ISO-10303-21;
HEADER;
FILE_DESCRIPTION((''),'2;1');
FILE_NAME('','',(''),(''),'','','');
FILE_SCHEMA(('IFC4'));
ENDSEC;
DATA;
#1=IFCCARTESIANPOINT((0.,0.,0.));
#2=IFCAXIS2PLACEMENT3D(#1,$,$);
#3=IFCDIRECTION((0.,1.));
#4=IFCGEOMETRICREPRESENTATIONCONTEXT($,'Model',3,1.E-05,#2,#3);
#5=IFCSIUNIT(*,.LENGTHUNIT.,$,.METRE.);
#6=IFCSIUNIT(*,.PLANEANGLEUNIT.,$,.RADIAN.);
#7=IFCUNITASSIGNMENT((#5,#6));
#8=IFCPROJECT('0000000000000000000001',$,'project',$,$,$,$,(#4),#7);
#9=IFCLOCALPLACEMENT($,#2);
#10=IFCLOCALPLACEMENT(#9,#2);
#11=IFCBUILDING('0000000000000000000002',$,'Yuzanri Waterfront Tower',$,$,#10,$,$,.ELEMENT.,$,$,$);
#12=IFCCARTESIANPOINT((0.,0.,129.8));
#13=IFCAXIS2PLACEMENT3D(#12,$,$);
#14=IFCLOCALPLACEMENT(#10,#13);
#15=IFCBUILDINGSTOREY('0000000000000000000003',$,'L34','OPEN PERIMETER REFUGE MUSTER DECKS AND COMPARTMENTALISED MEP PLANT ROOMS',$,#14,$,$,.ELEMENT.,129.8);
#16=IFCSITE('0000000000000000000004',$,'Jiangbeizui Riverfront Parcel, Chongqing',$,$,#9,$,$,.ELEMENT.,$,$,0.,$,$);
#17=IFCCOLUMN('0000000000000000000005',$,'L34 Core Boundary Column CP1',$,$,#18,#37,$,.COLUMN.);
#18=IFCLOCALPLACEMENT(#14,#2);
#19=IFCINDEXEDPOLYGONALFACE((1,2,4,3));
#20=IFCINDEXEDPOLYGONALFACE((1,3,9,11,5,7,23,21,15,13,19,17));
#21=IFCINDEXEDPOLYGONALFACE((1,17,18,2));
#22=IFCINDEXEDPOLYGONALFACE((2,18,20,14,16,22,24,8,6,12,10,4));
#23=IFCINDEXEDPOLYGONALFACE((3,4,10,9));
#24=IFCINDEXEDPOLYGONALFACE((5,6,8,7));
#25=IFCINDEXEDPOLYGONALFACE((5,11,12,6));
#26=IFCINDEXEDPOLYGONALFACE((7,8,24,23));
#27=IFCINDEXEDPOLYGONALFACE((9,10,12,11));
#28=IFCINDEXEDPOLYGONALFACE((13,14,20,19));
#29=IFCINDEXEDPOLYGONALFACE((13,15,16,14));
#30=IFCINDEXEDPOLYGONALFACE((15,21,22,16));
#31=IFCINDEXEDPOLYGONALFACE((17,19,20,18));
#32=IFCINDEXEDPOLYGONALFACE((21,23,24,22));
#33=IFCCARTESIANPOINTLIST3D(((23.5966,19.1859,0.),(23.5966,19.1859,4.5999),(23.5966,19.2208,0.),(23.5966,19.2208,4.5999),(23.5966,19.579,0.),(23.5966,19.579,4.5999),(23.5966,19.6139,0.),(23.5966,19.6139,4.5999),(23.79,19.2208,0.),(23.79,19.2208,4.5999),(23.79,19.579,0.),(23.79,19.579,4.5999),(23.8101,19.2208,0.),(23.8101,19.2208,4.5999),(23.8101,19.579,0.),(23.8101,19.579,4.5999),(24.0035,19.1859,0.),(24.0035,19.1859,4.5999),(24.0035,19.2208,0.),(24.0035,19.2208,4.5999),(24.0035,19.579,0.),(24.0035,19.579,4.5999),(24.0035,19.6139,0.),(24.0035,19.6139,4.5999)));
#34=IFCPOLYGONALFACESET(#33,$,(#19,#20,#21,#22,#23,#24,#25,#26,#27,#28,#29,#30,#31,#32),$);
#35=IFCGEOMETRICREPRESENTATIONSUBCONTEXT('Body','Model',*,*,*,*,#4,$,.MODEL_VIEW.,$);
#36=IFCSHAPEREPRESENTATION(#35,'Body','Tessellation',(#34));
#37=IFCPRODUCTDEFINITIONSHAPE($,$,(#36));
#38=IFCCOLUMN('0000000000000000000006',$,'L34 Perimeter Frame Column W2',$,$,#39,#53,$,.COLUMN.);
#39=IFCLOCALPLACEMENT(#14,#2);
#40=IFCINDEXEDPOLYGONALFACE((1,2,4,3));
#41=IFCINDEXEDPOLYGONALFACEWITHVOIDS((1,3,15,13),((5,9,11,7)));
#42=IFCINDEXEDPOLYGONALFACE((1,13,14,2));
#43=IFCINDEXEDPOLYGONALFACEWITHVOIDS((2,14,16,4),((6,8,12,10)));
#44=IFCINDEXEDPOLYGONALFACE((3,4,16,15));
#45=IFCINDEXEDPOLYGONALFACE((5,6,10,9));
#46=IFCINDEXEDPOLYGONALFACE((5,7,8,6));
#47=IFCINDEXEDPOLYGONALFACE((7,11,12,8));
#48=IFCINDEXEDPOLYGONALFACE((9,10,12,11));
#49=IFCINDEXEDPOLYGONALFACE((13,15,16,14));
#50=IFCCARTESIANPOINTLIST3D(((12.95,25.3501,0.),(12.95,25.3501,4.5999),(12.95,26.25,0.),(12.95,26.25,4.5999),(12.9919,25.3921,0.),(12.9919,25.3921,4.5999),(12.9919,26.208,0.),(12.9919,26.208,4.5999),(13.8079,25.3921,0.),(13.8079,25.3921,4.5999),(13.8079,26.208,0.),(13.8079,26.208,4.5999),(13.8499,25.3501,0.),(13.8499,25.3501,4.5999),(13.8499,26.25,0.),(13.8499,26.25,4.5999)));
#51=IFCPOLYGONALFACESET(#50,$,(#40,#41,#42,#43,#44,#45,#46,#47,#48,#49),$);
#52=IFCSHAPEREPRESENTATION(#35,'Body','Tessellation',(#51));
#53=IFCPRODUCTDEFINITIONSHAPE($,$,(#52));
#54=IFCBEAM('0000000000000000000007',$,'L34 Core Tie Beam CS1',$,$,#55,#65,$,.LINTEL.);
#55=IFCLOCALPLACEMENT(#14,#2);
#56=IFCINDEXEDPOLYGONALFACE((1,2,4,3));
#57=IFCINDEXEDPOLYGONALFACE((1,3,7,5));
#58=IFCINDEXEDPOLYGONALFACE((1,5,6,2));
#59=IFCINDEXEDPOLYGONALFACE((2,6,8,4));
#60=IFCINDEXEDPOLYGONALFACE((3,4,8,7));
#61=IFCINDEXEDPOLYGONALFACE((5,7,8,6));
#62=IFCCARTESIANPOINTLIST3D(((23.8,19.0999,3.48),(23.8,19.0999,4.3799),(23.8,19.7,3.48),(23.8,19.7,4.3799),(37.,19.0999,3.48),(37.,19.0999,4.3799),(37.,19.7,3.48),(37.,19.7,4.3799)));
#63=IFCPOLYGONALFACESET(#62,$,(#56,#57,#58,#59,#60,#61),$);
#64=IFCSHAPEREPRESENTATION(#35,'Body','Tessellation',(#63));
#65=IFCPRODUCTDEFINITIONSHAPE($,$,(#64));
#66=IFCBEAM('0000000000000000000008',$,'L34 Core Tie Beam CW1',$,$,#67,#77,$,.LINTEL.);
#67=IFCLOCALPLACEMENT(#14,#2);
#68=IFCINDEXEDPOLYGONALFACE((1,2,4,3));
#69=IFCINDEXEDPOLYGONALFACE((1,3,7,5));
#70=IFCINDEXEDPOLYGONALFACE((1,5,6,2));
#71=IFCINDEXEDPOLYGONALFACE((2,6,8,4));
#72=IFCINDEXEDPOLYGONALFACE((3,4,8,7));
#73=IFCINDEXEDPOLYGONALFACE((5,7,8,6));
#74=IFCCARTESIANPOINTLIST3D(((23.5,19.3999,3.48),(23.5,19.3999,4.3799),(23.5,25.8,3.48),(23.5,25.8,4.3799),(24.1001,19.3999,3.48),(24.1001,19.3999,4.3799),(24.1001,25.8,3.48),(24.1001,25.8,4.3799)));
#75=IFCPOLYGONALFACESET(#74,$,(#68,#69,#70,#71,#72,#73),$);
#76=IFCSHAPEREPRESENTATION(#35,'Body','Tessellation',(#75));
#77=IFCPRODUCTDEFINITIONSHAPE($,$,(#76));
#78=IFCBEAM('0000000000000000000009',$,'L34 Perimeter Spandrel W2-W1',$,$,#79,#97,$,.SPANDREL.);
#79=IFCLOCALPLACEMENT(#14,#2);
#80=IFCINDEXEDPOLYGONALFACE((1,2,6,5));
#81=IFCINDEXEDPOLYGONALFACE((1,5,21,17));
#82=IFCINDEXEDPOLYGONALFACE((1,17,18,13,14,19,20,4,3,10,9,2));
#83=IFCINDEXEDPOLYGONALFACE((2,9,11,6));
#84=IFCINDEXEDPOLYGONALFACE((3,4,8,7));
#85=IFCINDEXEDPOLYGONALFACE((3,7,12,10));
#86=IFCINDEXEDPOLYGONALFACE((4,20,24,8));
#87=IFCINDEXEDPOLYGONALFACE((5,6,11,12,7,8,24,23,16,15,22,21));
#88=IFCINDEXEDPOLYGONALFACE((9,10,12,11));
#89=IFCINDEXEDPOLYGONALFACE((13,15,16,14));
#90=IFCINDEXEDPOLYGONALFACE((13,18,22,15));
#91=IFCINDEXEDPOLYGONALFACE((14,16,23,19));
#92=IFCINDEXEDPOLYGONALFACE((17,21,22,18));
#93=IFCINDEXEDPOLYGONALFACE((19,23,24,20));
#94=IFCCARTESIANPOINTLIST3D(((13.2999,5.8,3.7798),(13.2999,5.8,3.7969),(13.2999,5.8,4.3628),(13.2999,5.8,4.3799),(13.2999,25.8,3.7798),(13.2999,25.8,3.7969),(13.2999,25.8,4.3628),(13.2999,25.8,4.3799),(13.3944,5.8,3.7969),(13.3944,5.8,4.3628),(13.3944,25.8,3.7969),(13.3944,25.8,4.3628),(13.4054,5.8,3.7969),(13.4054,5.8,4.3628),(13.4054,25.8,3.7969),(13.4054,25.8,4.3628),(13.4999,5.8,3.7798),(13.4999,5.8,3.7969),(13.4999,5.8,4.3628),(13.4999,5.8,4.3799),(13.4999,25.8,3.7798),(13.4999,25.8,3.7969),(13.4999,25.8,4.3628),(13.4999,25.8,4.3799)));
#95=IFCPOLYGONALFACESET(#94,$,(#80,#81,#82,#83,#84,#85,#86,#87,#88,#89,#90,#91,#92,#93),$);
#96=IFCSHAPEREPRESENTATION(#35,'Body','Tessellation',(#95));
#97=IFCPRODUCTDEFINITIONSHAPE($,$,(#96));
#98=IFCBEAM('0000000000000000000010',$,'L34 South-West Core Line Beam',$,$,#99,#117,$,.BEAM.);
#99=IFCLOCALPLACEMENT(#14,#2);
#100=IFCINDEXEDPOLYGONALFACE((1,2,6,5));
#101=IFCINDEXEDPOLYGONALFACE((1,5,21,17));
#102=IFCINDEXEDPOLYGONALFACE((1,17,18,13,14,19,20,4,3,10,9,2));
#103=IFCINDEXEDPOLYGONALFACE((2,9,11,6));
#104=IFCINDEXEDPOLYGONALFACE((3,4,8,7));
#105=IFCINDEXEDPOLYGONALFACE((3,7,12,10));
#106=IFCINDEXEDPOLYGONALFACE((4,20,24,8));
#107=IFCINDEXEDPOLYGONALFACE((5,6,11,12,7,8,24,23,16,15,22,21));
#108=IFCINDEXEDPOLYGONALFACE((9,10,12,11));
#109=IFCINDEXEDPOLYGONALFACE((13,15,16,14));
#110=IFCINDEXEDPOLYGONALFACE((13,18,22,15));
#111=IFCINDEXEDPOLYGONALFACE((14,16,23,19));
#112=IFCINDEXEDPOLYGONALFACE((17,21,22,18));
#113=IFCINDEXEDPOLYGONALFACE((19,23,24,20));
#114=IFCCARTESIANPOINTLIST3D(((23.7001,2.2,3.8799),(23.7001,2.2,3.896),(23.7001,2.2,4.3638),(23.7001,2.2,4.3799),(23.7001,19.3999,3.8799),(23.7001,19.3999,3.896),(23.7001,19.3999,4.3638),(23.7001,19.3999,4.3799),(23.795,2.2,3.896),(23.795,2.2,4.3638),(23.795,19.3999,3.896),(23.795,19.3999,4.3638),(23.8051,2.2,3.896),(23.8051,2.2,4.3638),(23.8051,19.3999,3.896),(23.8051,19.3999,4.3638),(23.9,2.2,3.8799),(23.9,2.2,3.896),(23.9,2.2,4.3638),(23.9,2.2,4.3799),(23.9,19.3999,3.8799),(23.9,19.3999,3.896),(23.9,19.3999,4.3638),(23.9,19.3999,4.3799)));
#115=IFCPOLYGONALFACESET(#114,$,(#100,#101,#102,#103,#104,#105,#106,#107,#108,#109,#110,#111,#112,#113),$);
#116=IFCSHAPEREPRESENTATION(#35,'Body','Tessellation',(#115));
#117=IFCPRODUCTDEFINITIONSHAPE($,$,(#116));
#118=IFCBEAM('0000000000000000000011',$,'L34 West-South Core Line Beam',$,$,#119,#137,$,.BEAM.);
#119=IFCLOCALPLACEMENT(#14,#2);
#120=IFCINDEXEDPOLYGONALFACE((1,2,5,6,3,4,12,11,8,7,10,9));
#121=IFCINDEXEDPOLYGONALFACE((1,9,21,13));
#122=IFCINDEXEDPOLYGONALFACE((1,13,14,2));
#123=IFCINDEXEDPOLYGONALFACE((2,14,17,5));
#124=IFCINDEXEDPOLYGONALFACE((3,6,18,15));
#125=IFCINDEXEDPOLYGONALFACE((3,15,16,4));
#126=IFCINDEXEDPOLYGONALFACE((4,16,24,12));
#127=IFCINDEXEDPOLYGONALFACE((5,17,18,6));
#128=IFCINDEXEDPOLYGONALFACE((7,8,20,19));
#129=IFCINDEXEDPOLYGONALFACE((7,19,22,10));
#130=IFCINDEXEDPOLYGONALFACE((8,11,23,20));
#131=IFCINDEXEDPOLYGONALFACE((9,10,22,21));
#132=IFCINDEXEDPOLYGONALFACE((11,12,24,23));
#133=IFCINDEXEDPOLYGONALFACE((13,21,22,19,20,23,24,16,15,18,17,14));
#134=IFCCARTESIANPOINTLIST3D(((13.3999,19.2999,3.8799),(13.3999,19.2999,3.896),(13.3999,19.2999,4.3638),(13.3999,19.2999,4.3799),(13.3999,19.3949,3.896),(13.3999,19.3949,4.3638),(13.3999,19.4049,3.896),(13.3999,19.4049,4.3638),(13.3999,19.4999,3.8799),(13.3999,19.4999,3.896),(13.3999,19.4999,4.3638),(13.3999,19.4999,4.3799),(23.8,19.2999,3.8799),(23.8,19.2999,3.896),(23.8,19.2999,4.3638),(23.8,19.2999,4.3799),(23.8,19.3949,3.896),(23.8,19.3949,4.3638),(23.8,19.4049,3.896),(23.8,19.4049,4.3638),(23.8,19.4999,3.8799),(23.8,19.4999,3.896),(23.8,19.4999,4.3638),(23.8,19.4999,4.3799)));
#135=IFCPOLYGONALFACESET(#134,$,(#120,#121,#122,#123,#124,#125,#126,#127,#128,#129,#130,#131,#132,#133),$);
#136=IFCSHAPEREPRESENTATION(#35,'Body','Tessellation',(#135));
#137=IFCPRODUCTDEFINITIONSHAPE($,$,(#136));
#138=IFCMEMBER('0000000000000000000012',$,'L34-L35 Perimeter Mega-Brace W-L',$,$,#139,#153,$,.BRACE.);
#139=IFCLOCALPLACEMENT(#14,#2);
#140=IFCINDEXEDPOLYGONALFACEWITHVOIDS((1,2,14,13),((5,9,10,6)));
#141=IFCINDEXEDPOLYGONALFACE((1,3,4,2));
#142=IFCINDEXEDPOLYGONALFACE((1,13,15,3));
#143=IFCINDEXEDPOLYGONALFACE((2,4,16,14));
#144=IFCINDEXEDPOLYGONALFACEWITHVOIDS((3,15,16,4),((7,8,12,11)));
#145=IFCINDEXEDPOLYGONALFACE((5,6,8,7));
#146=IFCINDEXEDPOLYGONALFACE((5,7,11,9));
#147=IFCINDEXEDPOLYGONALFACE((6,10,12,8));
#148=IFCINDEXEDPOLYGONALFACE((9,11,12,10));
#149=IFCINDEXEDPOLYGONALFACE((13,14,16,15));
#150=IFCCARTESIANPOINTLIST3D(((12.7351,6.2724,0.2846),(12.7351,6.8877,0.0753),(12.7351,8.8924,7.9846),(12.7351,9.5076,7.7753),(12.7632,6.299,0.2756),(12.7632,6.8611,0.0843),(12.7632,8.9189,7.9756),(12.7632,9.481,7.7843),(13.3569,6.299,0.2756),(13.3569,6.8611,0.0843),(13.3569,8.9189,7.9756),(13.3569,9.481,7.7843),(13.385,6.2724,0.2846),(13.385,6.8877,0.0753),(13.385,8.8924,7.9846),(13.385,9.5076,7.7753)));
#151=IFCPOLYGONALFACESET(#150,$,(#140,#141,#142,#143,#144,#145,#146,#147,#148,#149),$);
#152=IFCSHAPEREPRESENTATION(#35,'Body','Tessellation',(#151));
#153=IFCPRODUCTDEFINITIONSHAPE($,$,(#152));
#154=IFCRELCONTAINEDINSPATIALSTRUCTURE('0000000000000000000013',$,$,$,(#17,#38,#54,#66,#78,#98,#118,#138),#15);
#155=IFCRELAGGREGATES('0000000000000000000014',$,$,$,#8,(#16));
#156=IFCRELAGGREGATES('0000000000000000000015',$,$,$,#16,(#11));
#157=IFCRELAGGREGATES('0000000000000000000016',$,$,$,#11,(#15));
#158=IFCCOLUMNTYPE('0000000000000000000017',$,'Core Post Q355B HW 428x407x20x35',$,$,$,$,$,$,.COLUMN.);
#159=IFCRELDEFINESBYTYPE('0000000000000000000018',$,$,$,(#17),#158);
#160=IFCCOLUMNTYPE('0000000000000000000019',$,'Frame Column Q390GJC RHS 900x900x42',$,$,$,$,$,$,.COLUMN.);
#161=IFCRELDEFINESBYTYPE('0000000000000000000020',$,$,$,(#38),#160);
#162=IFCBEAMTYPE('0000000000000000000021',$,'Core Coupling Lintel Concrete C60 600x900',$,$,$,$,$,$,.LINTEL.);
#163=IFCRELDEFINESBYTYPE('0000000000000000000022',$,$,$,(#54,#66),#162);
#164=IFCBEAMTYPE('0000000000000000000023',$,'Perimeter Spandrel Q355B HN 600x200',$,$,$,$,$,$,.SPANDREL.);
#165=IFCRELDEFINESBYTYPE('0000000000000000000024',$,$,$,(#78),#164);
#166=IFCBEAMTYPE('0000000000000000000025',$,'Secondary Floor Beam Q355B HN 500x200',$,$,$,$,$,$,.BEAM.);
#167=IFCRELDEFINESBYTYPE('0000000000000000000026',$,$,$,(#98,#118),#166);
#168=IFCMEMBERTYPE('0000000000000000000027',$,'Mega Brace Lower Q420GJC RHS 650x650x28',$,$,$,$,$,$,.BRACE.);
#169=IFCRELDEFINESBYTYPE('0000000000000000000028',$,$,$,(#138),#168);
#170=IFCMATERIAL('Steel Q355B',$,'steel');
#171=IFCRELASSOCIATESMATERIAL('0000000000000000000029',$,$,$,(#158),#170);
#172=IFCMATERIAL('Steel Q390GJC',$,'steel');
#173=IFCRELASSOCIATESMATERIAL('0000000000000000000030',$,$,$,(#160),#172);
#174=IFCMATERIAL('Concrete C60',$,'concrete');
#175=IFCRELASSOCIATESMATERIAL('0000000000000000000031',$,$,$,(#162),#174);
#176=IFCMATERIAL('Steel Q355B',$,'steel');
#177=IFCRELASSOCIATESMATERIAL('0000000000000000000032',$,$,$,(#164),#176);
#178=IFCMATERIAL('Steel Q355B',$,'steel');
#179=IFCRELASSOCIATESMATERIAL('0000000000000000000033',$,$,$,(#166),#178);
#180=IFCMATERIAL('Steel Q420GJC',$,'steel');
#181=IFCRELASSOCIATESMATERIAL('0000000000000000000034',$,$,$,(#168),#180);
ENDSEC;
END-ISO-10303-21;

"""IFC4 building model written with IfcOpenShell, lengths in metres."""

from ifc_helpers import new_model, si_unit, direction, frame, origin, origin_2d, place, context, subcontext, project, spatial, rectangle, hollow_rectangle, i_section, extrude, source, transform, mapped, material, material_profile, profile_set, type_object, element, save


model = new_model("IFC4")

# Units and contexts
model_context = context("Model", 3, precision=1e-05, world=origin(), true_north=direction((0.0, 1.0)))
body_context = subcontext(model_context, "Body", "Model", "MODEL_VIEW")
ifc_project = project(units=[si_unit("LENGTHUNIT", "METRE"), si_unit("PLANEANGLEUNIT", "RADIAN")], contexts=[model_context])

# Site, building, storey
site_placement = place(None, origin())
site = spatial("IfcSite", under=ifc_project, at=site_placement, Name="Jiangbeizui Riverfront Parcel, Chongqing", CompositionType="ELEMENT", RefElevation=0.0)
building_placement = place(site_placement, origin())
building = spatial("IfcBuilding", under=site, at=building_placement, Name="Yuzanri Waterfront Tower", CompositionType="ELEMENT")
storey_placement = place(building_placement, frame((0.0, 0.0, 129.8)))
storey = spatial("IfcBuildingStorey", under=building, at=storey_placement, Name="L34", Description="OPEN PERIMETER REFUGE MUSTER DECKS AND COMPARTMENTALISED MEP PLANT ROOMS", CompositionType="ELEMENT", Elevation=129.8)

# Columns
ifc_material_1 = material(Name="Steel Q355B", Category="steel")
ifc_material_profile_1 = material_profile(ifc_material_1, i_section(OverallWidth=0.407, OverallDepth=0.428, WebThickness=0.02, FlangeThickness=0.0349, at=origin_2d()), Name="HW 428x407x20x35")
ifc_profile_set_1 = profile_set([ifc_material_profile_1], Name="Steel Q355B")
column_type_1 = type_object("IfcColumnType", Name="Core Post Q355B HW 428x407x20x35", PredefinedType="COLUMN", material=ifc_profile_set_1)
shared_shape_1 = source(origin(), body_context, "Body", "SweptSolid", [
    extrude(i_section(OverallWidth=0.407, OverallDepth=0.428, WebThickness=0.02, FlangeThickness=0.0349, at=origin_2d()), origin(), (0.0, 0.0, 1.0), 4.5999),
])
column_1_placement = place(storey_placement, frame((23.8, 19.3999, 0.0), z_axis=(0.0, 0.0, 1.0), x_axis=(1.0, 0.0, 0.0)))
element("IfcColumn", 1, at=column_1_placement, inside=storey, type_object=column_type_1, Name="L34 Core Boundary Column CP1", PredefinedType="COLUMN", context=body_context, shape_type="MappedRepresentation", body=[
    mapped(shared_shape_1, transform((0.0, 0.0, 0.0), scale=1.0)),
])
ifc_material_2 = material(Name="Steel Q390GJC", Category="steel")
ifc_material_profile_2 = material_profile(ifc_material_2, hollow_rectangle(XDim=0.8999, YDim=0.8999, WallThickness=0.042, at=origin_2d()), Name="RHS 900x900x42")
ifc_profile_set_2 = profile_set([ifc_material_profile_2], Name="Steel Q390GJC")
column_type_2 = type_object("IfcColumnType", Name="Frame Column Q390GJC RHS 900x900x42", PredefinedType="COLUMN", material=ifc_profile_set_2)
shared_shape_2 = source(origin(), body_context, "Body", "SweptSolid", [
    extrude(hollow_rectangle(XDim=0.8999, YDim=0.8999, WallThickness=0.042, at=origin_2d()), origin(), (0.0, 0.0, 1.0), 4.5999),
])
column_2_placement = place(storey_placement, frame((13.3999, 25.8, 0.0), z_axis=(0.0, 0.0, 1.0), x_axis=(1.0, 0.0, 0.0)))
element("IfcColumn", 2, at=column_2_placement, inside=storey, type_object=column_type_2, Name="L34 Perimeter Frame Column W2", PredefinedType="COLUMN", context=body_context, shape_type="MappedRepresentation", body=[
    mapped(shared_shape_2, transform((0.0, 0.0, 0.0), scale=1.0)),
])

# Beams
ifc_material_3 = material(Name="Concrete C60", Category="concrete")
ifc_material_profile_3 = material_profile(ifc_material_3, rectangle(XDim=0.6001, YDim=0.8999, at=origin_2d()), Name="RC 600x900")
ifc_profile_set_3 = profile_set([ifc_material_profile_3], Name="Concrete C60")
beam_type_1 = type_object("IfcBeamType", Name="Core Coupling Lintel Concrete C60 600x900", PredefinedType="LINTEL", material=ifc_profile_set_3)
shared_shape_3 = source(origin(), body_context, "Body", "SweptSolid", [
    extrude(rectangle(XDim=0.6001, YDim=0.8999, at=origin_2d()), origin(), (0.0, 0.0, 1.0), 13.2),
])
beam_1_placement = place(storey_placement, frame((23.8, 19.3999, 3.9299), z_axis=(1.0, 0.0, 0.0), x_axis=(0.0, 1.0, 0.0)))
element("IfcBeam", 3, at=beam_1_placement, inside=storey, type_object=beam_type_1, Name="L34 Core Tie Beam CS1", PredefinedType="LINTEL", context=body_context, shape_type="MappedRepresentation", body=[
    mapped(shared_shape_3, transform((0.0, 0.0, 0.0), scale=1.0)),
])
shared_shape_4 = source(origin(), body_context, "Body", "SweptSolid", [
    extrude(rectangle(XDim=0.6001, YDim=0.8999, at=origin_2d()), origin(), (0.0, 0.0, 1.0), 6.4001),
])
beam_2_placement = place(storey_placement, frame((23.8, 19.3999, 3.9299), z_axis=(0.0, 1.0, 0.0), x_axis=(-1.0, 0.0, 0.0)))
element("IfcBeam", 4, at=beam_2_placement, inside=storey, type_object=beam_type_1, Name="L34 Core Tie Beam CW1", PredefinedType="LINTEL", context=body_context, shape_type="MappedRepresentation", body=[
    mapped(shared_shape_4, transform((0.0, 0.0, 0.0), scale=1.0)),
])
ifc_material_4 = material(Name="Steel Q355B", Category="steel")
ifc_material_profile_4 = material_profile(ifc_material_4, i_section(OverallWidth=0.2, OverallDepth=0.6001, WebThickness=0.011, FlangeThickness=0.0171, at=origin_2d()), Name="HN 600x200x11x17")
ifc_profile_set_4 = profile_set([ifc_material_profile_4], Name="Steel Q355B")
beam_type_2 = type_object("IfcBeamType", Name="Perimeter Spandrel Q355B HN 600x200", PredefinedType="SPANDREL", material=ifc_profile_set_4)
shared_shape_5 = source(origin(), body_context, "Body", "SweptSolid", [
    extrude(i_section(OverallWidth=0.2, OverallDepth=0.6001, WebThickness=0.011, FlangeThickness=0.0171, at=origin_2d()), origin(), (0.0, 0.0, 1.0), 20.0),
])
beam_3_placement = place(storey_placement, frame((13.3999, 25.8, 4.0798), z_axis=(0.0, -1.0, 0.0), x_axis=(1.0, 0.0, 0.0)))
element("IfcBeam", 5, at=beam_3_placement, inside=storey, type_object=beam_type_2, Name="L34 Perimeter Spandrel W2-W1", PredefinedType="SPANDREL", context=body_context, shape_type="MappedRepresentation", body=[
    mapped(shared_shape_5, transform((0.0, 0.0, 0.0), scale=1.0)),
])
ifc_material_5 = material(Name="Steel Q355B", Category="steel")
ifc_material_profile_5 = material_profile(ifc_material_5, i_section(OverallWidth=0.2, OverallDepth=0.5, WebThickness=0.01, FlangeThickness=0.0161, at=origin_2d()), Name="HN 500x200x10x16")
ifc_profile_set_5 = profile_set([ifc_material_profile_5], Name="Steel Q355B")
beam_type_3 = type_object("IfcBeamType", Name="Secondary Floor Beam Q355B HN 500x200", PredefinedType="BEAM", material=ifc_profile_set_5)
shared_shape_6 = source(origin(), body_context, "Body", "SweptSolid", [
    extrude(i_section(OverallWidth=0.2, OverallDepth=0.5, WebThickness=0.01, FlangeThickness=0.0161, at=origin_2d()), origin(), (0.0, 0.0, 1.0), 17.2),
])
beam_4_placement = place(storey_placement, frame((23.8, 19.3999, 4.1299), z_axis=(0.0, -1.0, 0.0), x_axis=(1.0, 0.0, 0.0)))
element("IfcBeam", 6, at=beam_4_placement, inside=storey, type_object=beam_type_3, Name="L34 South-West Core Line Beam", PredefinedType="BEAM", context=body_context, shape_type="MappedRepresentation", body=[
    mapped(shared_shape_6, transform((0.0, 0.0, 0.0), scale=1.0)),
])
shared_shape_7 = source(origin(), body_context, "Body", "SweptSolid", [
    extrude(i_section(OverallWidth=0.2, OverallDepth=0.5, WebThickness=0.01, FlangeThickness=0.0161, at=origin_2d()), origin(), (0.0, 0.0, 1.0), 10.4001),
])
beam_5_placement = place(storey_placement, frame((23.8, 19.3999, 4.1299), z_axis=(-1.0, 0.0, 0.0), x_axis=(0.0, -1.0, 0.0)))
element("IfcBeam", 7, at=beam_5_placement, inside=storey, type_object=beam_type_3, Name="L34 West-South Core Line Beam", PredefinedType="BEAM", context=body_context, shape_type="MappedRepresentation", body=[
    mapped(shared_shape_7, transform((0.0, 0.0, 0.0), scale=1.0)),
])

# Member
ifc_material_6 = material(Name="Steel Q420GJC", Category="steel")
ifc_material_profile_6 = material_profile(ifc_material_6, hollow_rectangle(XDim=0.6499, YDim=0.6499, WallThickness=0.0281, at=origin_2d()), Name="RHS 650x650x28")
ifc_profile_set_6 = profile_set([ifc_material_profile_6], Name="Steel Q420GJC")
member_type_1 = type_object("IfcMemberType", Name="Mega Brace Lower Q420GJC RHS 650x650x28", PredefinedType="BRACE", material=ifc_profile_set_6)
shared_shape_8 = source(origin(), body_context, "Body", "SweptSolid", [
    extrude(hollow_rectangle(XDim=0.6499, YDim=0.6499, WallThickness=0.0281, at=origin_2d()), origin(), (0.0, 0.0, 1.0), 8.1335),
])
member_1_placement = place(storey_placement, frame((13.0601, 6.5801, 0.1799), z_axis=(0.0, 0.322111, 0.946702), x_axis=(-1.0, 0.0, 0.0)))
element("IfcMember", 8, at=member_1_placement, inside=storey, type_object=member_type_1, Name="L34-L35 Perimeter Mega-Brace W-L", PredefinedType="BRACE", context=body_context, shape_type="MappedRepresentation", body=[
    mapped(shared_shape_8, transform((0.0, 0.0, 0.0), scale=1.0)),
])

save(model, "model.ifc")
